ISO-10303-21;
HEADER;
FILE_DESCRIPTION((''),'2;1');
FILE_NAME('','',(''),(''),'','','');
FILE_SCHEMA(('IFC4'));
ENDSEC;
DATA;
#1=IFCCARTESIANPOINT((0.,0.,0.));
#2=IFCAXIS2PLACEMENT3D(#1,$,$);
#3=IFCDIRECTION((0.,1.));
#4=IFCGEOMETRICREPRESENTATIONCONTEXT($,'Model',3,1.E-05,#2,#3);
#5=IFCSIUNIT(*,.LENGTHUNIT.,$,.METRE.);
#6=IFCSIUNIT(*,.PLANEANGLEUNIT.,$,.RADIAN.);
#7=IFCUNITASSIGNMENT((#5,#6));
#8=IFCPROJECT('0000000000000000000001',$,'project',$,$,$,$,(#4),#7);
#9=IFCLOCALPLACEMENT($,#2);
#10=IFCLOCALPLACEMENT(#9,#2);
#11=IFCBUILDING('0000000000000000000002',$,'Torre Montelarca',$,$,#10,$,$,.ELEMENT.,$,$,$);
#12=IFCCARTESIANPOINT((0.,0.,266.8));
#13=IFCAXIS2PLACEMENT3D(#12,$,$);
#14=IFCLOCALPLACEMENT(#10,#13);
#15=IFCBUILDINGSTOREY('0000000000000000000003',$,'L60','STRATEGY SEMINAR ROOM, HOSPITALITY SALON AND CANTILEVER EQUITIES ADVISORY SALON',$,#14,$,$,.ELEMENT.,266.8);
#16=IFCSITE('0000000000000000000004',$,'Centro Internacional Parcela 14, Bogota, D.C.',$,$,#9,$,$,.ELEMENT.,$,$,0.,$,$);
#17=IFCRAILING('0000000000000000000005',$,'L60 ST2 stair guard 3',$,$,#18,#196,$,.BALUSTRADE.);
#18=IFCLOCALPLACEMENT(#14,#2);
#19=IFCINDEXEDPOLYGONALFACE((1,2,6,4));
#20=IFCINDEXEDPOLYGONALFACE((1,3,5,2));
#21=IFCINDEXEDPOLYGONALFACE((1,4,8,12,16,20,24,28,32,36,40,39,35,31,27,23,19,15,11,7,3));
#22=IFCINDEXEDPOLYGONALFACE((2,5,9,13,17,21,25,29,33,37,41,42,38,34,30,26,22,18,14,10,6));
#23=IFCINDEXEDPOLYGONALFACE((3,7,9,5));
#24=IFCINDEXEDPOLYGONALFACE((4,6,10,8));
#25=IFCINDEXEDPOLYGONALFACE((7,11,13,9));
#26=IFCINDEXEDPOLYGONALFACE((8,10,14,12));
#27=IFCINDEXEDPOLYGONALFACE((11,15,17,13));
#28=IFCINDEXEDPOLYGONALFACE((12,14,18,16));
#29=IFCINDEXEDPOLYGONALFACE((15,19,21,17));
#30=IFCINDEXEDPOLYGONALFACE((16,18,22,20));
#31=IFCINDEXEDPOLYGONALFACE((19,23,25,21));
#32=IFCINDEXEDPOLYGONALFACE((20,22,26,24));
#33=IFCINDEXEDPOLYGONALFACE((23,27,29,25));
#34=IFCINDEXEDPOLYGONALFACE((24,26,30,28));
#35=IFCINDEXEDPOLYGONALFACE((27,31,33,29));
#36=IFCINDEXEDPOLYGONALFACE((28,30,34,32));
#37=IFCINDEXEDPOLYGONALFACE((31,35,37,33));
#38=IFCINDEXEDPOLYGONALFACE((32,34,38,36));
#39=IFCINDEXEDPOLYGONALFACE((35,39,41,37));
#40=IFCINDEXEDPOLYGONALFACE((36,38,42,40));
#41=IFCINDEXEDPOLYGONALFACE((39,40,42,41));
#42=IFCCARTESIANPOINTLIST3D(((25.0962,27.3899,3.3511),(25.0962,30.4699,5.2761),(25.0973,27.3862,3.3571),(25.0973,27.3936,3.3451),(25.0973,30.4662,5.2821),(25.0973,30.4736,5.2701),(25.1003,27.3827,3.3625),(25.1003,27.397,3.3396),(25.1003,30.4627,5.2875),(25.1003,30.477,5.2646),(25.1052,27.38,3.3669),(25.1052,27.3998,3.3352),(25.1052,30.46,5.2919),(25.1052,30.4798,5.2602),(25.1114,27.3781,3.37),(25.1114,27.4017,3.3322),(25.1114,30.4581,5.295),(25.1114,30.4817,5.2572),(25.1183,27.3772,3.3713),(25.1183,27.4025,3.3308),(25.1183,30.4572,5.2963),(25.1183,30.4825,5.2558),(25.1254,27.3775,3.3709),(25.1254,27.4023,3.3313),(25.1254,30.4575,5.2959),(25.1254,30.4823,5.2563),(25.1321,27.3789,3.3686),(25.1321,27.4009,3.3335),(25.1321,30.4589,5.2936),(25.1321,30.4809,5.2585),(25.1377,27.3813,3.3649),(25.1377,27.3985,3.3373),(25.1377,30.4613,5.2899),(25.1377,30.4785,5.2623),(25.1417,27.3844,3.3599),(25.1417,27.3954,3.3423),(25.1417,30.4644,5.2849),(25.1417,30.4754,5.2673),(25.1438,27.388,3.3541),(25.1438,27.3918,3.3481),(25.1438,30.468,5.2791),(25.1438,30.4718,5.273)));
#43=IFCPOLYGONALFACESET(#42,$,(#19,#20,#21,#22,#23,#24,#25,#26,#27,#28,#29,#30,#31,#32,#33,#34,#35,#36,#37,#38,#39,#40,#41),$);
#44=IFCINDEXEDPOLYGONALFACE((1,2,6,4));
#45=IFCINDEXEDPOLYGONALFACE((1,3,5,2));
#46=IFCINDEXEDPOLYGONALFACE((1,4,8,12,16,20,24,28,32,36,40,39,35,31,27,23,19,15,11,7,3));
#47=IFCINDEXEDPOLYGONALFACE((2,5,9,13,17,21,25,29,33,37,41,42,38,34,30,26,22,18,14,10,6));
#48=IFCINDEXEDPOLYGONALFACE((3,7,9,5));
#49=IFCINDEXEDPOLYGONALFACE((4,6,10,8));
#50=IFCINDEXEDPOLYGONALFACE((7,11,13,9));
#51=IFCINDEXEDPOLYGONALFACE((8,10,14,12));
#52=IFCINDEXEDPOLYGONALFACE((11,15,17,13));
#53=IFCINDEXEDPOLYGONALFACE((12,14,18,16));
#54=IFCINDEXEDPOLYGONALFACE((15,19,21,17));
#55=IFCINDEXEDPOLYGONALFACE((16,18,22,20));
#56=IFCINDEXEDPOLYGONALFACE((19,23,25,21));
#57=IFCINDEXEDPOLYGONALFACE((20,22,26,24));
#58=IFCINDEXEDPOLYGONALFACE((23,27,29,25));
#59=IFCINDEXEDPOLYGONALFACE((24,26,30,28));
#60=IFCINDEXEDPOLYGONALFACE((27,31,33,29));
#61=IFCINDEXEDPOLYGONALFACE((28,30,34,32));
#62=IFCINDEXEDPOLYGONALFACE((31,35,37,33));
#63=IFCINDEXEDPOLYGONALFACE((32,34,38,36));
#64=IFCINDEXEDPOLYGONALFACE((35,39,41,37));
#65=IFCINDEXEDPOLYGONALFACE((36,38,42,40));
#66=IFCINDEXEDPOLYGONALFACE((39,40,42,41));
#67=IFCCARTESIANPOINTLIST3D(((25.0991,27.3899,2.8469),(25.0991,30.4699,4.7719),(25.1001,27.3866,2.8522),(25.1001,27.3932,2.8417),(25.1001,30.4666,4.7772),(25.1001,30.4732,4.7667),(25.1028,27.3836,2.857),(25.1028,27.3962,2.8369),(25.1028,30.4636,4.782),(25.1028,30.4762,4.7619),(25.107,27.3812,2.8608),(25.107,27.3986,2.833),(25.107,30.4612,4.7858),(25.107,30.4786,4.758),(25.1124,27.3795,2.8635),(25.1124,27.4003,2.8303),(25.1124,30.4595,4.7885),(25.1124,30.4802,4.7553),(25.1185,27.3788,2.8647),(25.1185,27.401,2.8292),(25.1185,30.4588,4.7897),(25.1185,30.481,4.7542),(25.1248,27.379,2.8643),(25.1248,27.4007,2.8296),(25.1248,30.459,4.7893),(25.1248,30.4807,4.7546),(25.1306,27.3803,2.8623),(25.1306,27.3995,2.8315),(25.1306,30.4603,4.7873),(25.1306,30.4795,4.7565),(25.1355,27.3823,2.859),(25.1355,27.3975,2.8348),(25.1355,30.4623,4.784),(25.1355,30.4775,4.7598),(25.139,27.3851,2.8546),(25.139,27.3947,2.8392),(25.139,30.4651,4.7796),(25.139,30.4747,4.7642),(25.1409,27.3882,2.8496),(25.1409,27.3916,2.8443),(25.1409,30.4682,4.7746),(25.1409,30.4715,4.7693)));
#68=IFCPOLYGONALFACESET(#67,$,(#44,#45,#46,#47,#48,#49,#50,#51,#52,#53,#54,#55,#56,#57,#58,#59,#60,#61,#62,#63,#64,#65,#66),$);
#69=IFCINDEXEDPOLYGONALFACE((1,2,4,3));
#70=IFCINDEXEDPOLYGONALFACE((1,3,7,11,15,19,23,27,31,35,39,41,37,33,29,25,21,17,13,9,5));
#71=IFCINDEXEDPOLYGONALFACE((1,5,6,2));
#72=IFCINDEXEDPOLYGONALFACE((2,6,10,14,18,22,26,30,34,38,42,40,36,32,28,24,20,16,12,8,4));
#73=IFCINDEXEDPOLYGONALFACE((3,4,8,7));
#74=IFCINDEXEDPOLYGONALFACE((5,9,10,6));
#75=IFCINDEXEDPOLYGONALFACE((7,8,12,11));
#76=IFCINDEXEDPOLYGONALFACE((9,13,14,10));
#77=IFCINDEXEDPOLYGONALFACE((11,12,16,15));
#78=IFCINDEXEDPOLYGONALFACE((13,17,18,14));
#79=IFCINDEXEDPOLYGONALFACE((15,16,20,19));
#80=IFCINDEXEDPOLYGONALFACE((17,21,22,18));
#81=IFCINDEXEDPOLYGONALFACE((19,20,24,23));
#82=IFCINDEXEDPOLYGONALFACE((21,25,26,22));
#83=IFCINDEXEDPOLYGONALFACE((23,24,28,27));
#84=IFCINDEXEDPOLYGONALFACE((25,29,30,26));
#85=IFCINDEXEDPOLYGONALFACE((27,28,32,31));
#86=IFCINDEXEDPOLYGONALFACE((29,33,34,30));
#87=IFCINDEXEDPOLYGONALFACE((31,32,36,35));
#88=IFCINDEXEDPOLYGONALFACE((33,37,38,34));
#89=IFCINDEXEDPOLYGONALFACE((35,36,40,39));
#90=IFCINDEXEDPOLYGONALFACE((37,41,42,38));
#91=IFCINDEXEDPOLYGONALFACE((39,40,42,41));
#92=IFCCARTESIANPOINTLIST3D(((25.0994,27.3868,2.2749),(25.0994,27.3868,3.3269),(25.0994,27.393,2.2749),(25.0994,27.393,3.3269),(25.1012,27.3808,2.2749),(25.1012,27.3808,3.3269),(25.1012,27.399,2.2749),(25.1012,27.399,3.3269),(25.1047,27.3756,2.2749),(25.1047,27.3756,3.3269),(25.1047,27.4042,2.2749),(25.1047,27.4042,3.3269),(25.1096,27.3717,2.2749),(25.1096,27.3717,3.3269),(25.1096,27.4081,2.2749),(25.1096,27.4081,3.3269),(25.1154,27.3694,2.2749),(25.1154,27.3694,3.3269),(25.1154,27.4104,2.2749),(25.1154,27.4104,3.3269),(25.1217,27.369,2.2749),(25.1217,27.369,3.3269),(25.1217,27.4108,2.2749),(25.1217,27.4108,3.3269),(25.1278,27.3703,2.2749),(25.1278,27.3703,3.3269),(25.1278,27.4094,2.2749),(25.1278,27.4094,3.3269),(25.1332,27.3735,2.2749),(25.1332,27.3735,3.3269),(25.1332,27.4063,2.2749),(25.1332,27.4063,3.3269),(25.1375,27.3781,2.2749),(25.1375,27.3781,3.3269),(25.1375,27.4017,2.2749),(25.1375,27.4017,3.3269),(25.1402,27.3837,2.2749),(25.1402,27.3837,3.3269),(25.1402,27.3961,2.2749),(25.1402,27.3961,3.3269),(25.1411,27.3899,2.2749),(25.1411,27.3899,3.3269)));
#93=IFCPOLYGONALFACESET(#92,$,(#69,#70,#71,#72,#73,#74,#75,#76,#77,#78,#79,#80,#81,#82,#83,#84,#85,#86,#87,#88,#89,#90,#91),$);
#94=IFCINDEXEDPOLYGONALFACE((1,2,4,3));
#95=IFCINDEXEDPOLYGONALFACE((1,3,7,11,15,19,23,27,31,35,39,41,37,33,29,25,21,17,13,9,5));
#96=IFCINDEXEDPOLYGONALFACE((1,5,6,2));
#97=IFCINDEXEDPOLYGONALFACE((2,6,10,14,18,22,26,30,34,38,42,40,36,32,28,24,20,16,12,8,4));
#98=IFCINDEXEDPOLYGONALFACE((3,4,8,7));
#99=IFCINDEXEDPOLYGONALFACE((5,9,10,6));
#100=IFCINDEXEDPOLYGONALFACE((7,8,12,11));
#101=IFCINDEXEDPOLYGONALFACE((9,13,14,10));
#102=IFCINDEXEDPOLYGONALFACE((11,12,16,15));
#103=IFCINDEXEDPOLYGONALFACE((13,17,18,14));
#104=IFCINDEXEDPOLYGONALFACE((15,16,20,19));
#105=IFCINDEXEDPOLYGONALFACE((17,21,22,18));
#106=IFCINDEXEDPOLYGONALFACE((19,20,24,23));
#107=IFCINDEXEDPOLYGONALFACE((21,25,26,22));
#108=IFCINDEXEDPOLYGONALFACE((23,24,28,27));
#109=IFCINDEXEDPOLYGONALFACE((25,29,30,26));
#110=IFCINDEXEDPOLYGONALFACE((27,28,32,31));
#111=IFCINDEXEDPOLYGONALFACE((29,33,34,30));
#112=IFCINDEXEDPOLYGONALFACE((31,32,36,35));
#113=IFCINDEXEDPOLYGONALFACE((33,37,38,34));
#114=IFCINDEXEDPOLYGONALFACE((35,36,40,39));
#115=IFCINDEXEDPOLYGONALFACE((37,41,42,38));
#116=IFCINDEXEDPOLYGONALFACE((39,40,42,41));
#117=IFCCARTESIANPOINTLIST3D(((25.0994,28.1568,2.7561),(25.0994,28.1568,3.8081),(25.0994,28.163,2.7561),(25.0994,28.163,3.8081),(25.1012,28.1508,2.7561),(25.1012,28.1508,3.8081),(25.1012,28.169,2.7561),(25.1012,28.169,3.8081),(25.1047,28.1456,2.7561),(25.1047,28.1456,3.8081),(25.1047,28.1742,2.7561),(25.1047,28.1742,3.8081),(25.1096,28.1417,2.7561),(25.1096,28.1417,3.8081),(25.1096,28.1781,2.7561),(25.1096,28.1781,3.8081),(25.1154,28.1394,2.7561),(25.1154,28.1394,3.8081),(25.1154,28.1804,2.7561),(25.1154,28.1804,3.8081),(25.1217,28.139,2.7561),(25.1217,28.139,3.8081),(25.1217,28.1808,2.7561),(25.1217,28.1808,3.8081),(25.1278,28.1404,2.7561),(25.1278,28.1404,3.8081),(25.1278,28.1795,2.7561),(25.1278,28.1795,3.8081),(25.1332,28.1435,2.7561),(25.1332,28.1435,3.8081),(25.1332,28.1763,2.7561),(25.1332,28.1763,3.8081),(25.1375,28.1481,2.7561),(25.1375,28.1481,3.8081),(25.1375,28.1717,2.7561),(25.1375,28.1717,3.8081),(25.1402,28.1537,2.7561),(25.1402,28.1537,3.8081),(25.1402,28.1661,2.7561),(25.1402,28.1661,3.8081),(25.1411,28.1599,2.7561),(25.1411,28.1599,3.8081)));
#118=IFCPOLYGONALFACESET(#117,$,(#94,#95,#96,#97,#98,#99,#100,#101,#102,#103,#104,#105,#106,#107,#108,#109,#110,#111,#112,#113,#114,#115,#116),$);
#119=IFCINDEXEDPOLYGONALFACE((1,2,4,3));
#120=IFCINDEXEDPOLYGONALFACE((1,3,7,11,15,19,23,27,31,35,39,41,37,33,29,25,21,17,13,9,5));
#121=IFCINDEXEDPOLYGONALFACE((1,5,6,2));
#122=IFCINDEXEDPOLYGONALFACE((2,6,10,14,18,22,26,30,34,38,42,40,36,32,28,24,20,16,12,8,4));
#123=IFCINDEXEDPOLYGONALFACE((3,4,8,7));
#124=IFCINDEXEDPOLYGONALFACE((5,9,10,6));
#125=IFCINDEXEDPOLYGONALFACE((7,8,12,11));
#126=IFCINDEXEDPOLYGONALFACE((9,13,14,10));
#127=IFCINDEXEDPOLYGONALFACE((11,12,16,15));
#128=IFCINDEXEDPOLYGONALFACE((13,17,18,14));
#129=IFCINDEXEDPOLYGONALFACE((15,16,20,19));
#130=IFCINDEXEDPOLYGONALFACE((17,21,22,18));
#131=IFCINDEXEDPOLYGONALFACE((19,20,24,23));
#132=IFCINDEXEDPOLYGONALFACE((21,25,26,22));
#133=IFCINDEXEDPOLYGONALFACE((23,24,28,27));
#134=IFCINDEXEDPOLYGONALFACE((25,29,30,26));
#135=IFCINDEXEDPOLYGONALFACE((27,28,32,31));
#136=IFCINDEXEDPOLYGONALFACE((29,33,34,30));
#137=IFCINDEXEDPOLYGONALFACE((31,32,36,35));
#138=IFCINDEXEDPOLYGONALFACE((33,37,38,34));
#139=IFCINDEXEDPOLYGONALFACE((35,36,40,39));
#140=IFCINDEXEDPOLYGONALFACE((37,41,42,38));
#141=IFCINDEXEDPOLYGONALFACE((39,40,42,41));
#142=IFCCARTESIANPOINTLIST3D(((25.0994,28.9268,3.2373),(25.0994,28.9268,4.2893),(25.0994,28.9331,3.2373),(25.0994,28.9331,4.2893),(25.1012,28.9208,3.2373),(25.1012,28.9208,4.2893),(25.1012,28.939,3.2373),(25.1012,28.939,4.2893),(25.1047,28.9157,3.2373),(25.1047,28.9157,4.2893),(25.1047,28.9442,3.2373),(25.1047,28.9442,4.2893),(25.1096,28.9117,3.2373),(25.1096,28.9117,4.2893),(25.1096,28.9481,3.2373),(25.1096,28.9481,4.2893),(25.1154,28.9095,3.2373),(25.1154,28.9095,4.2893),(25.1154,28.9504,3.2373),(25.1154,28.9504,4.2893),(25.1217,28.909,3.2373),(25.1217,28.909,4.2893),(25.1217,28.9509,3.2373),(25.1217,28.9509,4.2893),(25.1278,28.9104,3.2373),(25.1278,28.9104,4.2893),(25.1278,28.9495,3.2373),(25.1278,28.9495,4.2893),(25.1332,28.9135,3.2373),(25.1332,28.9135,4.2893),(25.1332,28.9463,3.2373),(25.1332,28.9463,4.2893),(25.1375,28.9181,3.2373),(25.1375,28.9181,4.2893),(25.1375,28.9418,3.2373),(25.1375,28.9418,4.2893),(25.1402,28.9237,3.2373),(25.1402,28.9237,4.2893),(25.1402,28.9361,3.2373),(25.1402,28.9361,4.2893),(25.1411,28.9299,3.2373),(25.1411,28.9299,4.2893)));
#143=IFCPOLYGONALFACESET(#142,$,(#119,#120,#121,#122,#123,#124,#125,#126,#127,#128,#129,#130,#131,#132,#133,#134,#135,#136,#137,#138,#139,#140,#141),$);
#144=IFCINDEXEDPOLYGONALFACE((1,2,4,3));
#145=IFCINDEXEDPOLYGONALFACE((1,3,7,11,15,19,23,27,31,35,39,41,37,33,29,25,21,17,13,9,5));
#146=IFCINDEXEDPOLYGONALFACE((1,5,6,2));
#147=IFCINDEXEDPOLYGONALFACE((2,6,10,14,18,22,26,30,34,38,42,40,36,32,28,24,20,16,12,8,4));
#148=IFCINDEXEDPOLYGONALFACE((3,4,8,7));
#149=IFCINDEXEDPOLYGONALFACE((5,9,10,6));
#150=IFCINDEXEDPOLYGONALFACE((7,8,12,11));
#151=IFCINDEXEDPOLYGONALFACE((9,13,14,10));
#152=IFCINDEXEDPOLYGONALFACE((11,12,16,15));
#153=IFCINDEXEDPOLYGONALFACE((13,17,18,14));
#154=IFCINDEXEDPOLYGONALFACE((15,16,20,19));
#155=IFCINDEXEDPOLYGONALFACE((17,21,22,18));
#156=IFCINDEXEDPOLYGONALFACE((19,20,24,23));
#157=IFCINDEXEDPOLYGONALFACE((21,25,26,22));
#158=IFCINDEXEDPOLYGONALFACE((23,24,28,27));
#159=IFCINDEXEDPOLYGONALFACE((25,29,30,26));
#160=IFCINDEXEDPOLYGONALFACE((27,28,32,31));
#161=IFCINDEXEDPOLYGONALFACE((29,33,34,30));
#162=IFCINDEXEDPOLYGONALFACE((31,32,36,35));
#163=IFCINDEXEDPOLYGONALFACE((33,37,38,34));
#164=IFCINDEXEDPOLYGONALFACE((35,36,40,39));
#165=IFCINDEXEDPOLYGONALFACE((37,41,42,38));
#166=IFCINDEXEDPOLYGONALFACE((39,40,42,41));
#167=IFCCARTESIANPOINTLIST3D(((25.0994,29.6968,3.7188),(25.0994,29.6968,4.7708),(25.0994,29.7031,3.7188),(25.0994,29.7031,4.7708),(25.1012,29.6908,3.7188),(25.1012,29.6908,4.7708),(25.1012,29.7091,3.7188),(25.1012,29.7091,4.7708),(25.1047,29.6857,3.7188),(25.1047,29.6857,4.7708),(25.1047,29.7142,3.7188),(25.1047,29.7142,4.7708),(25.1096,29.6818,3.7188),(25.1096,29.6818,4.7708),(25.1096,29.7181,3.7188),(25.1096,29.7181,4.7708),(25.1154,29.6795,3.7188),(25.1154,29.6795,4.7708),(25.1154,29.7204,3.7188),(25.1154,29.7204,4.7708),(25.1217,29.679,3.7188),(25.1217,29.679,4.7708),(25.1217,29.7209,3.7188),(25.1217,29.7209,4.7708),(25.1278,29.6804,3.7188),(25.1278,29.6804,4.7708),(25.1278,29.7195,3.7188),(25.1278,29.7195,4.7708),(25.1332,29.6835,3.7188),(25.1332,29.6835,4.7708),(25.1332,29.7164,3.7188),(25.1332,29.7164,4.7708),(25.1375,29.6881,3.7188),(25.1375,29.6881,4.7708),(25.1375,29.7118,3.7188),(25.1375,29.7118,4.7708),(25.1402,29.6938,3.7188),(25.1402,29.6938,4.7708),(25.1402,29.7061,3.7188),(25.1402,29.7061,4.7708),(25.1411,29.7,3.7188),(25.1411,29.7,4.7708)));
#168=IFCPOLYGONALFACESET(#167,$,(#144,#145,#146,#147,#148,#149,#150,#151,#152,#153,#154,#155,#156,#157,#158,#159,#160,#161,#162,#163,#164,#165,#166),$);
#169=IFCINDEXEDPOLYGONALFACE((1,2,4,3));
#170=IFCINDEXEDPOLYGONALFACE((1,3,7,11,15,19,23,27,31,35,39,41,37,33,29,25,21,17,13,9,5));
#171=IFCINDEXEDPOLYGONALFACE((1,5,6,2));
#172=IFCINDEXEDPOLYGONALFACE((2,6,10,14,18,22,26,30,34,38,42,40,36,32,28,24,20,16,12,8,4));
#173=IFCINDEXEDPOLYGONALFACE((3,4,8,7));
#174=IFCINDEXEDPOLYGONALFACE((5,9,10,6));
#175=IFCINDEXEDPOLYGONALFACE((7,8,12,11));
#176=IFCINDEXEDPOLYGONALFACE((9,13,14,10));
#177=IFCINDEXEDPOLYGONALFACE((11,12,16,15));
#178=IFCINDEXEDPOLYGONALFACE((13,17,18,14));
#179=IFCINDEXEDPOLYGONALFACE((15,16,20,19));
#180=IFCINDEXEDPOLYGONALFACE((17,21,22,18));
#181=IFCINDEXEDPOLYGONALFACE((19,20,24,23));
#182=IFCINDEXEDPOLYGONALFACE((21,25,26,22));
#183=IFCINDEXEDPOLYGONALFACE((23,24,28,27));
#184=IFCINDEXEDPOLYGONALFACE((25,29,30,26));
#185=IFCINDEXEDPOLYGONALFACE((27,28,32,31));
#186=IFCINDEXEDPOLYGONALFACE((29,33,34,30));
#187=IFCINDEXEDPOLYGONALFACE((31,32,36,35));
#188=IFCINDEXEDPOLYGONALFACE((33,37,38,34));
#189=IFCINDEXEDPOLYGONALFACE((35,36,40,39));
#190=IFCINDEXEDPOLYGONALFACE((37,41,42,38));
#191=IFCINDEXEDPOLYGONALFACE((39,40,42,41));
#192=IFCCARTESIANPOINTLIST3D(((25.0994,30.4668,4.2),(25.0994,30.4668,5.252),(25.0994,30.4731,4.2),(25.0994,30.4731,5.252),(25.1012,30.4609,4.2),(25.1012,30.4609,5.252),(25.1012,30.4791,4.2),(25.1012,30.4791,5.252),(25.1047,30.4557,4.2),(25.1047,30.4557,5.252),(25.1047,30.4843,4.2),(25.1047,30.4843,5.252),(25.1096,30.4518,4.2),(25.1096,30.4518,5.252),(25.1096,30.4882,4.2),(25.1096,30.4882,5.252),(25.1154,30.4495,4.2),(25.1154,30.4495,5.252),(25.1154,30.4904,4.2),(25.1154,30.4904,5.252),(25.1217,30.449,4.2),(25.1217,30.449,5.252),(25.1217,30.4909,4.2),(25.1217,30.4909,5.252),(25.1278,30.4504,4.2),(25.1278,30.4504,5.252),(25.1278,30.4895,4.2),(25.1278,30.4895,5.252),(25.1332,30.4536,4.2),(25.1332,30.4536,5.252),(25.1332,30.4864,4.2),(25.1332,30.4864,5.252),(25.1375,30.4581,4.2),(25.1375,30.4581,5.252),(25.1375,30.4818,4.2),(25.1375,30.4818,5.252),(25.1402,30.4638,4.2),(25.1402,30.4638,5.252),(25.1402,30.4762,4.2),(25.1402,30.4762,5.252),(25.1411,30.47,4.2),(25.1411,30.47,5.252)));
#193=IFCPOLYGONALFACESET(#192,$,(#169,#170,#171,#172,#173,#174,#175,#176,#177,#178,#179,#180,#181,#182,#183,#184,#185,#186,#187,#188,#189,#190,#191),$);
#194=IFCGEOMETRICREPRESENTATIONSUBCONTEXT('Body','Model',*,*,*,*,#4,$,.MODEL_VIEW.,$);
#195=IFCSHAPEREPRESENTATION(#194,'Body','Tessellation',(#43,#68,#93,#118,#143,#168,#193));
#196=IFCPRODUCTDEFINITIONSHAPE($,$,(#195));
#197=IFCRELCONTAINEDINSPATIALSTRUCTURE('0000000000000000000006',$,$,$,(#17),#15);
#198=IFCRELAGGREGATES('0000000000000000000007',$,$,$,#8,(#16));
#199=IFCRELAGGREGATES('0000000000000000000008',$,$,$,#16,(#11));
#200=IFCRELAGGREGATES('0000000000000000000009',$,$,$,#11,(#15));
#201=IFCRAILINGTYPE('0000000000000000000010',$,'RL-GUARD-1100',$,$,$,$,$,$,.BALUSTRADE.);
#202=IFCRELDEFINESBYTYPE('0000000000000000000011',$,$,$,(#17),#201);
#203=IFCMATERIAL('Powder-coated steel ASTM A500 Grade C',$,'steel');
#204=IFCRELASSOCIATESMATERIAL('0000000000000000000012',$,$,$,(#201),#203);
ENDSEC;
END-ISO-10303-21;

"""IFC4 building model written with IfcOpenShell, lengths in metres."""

from ifc_helpers import new_model, si_unit, direction, frame, origin, origin_2d, place, context, subcontext, project, spatial, circle, extrude, material, type_object, element, save


model = new_model("IFC4")

# Units and contexts
model_context = context("Model", 3, precision=1e-05, world=origin(), true_north=direction((0.0, 1.0)))
body_context = subcontext(model_context, "Body", "Model", "MODEL_VIEW")
ifc_project = project(units=[si_unit("LENGTHUNIT", "METRE"), si_unit("PLANEANGLEUNIT", "RADIAN")], contexts=[model_context])

# Site, building, storey
site_placement = place(None, origin())
site = spatial("IfcSite", under=ifc_project, at=site_placement, Name="Centro Internacional Parcela 14, Bogota, D.C.", CompositionType="ELEMENT", RefElevation=0.0)
building_placement = place(site_placement, origin())
building = spatial("IfcBuilding", under=site, at=building_placement, Name="Torre Montelarca", CompositionType="ELEMENT")
storey_placement = place(building_placement, frame((0.0, 0.0, 266.8)))
storey = spatial("IfcBuildingStorey", under=building, at=storey_placement, Name="L60", Description="STRATEGY SEMINAR ROOM, HOSPITALITY SALON AND CANTILEVER EQUITIES ADVISORY SALON", CompositionType="ELEMENT", Elevation=266.8)

# Railing
ifc_material_1 = material(Name="Powder-coated steel ASTM A500 Grade C", Category="steel")
railing_type_1 = type_object("IfcRailingType", Name="RL-GUARD-1100", PredefinedType="BALUSTRADE", material=ifc_material_1)
railing_1_placement = place(storey_placement, frame((25.1201, 27.3899, 2.2749)))
element("IfcRailing", 1, at=railing_1_placement, inside=storey, type_object=railing_type_1, Name="L60 ST2 stair guard 3", PredefinedType="BALUSTRADE", context=body_context, shape_type="SweptSolid", body=[
    extrude(circle(Radius=0.0239, at=origin_2d()), frame((0.0, 0.0, 1.0762), z_axis=(0.0, 0.847998, 0.529999), x_axis=(-1.0, 0.0, 0.0)), (0.0, 0.0, 1.0), 3.6321),
    extrude(circle(Radius=0.021, at=origin_2d()), frame((0.0, 0.0, 0.572), z_axis=(0.0, 0.847998, 0.529999), x_axis=(-1.0, 0.0, 0.0)), (0.0, 0.0, 1.0), 3.6321),
    extrude(circle(Radius=0.021, at=origin_2d()), origin(), (0.0, 0.0, 1.0), 1.052),
    extrude(circle(Radius=0.021, at=origin_2d()), frame((0.0, 0.77, 0.4812)), (0.0, 0.0, 1.0), 1.052),
    extrude(circle(Radius=0.021, at=origin_2d()), frame((0.0, 1.54, 0.9624)), (0.0, 0.0, 1.0), 1.052),
    extrude(circle(Radius=0.021, at=origin_2d()), frame((0.0, 2.3101, 1.4438)), (0.0, 0.0, 1.0), 1.052),
    extrude(circle(Radius=0.021, at=origin_2d()), frame((0.0, 3.0801, 1.925)), (0.0, 0.0, 1.0), 1.052),
])

save(model, "model.ifc")
